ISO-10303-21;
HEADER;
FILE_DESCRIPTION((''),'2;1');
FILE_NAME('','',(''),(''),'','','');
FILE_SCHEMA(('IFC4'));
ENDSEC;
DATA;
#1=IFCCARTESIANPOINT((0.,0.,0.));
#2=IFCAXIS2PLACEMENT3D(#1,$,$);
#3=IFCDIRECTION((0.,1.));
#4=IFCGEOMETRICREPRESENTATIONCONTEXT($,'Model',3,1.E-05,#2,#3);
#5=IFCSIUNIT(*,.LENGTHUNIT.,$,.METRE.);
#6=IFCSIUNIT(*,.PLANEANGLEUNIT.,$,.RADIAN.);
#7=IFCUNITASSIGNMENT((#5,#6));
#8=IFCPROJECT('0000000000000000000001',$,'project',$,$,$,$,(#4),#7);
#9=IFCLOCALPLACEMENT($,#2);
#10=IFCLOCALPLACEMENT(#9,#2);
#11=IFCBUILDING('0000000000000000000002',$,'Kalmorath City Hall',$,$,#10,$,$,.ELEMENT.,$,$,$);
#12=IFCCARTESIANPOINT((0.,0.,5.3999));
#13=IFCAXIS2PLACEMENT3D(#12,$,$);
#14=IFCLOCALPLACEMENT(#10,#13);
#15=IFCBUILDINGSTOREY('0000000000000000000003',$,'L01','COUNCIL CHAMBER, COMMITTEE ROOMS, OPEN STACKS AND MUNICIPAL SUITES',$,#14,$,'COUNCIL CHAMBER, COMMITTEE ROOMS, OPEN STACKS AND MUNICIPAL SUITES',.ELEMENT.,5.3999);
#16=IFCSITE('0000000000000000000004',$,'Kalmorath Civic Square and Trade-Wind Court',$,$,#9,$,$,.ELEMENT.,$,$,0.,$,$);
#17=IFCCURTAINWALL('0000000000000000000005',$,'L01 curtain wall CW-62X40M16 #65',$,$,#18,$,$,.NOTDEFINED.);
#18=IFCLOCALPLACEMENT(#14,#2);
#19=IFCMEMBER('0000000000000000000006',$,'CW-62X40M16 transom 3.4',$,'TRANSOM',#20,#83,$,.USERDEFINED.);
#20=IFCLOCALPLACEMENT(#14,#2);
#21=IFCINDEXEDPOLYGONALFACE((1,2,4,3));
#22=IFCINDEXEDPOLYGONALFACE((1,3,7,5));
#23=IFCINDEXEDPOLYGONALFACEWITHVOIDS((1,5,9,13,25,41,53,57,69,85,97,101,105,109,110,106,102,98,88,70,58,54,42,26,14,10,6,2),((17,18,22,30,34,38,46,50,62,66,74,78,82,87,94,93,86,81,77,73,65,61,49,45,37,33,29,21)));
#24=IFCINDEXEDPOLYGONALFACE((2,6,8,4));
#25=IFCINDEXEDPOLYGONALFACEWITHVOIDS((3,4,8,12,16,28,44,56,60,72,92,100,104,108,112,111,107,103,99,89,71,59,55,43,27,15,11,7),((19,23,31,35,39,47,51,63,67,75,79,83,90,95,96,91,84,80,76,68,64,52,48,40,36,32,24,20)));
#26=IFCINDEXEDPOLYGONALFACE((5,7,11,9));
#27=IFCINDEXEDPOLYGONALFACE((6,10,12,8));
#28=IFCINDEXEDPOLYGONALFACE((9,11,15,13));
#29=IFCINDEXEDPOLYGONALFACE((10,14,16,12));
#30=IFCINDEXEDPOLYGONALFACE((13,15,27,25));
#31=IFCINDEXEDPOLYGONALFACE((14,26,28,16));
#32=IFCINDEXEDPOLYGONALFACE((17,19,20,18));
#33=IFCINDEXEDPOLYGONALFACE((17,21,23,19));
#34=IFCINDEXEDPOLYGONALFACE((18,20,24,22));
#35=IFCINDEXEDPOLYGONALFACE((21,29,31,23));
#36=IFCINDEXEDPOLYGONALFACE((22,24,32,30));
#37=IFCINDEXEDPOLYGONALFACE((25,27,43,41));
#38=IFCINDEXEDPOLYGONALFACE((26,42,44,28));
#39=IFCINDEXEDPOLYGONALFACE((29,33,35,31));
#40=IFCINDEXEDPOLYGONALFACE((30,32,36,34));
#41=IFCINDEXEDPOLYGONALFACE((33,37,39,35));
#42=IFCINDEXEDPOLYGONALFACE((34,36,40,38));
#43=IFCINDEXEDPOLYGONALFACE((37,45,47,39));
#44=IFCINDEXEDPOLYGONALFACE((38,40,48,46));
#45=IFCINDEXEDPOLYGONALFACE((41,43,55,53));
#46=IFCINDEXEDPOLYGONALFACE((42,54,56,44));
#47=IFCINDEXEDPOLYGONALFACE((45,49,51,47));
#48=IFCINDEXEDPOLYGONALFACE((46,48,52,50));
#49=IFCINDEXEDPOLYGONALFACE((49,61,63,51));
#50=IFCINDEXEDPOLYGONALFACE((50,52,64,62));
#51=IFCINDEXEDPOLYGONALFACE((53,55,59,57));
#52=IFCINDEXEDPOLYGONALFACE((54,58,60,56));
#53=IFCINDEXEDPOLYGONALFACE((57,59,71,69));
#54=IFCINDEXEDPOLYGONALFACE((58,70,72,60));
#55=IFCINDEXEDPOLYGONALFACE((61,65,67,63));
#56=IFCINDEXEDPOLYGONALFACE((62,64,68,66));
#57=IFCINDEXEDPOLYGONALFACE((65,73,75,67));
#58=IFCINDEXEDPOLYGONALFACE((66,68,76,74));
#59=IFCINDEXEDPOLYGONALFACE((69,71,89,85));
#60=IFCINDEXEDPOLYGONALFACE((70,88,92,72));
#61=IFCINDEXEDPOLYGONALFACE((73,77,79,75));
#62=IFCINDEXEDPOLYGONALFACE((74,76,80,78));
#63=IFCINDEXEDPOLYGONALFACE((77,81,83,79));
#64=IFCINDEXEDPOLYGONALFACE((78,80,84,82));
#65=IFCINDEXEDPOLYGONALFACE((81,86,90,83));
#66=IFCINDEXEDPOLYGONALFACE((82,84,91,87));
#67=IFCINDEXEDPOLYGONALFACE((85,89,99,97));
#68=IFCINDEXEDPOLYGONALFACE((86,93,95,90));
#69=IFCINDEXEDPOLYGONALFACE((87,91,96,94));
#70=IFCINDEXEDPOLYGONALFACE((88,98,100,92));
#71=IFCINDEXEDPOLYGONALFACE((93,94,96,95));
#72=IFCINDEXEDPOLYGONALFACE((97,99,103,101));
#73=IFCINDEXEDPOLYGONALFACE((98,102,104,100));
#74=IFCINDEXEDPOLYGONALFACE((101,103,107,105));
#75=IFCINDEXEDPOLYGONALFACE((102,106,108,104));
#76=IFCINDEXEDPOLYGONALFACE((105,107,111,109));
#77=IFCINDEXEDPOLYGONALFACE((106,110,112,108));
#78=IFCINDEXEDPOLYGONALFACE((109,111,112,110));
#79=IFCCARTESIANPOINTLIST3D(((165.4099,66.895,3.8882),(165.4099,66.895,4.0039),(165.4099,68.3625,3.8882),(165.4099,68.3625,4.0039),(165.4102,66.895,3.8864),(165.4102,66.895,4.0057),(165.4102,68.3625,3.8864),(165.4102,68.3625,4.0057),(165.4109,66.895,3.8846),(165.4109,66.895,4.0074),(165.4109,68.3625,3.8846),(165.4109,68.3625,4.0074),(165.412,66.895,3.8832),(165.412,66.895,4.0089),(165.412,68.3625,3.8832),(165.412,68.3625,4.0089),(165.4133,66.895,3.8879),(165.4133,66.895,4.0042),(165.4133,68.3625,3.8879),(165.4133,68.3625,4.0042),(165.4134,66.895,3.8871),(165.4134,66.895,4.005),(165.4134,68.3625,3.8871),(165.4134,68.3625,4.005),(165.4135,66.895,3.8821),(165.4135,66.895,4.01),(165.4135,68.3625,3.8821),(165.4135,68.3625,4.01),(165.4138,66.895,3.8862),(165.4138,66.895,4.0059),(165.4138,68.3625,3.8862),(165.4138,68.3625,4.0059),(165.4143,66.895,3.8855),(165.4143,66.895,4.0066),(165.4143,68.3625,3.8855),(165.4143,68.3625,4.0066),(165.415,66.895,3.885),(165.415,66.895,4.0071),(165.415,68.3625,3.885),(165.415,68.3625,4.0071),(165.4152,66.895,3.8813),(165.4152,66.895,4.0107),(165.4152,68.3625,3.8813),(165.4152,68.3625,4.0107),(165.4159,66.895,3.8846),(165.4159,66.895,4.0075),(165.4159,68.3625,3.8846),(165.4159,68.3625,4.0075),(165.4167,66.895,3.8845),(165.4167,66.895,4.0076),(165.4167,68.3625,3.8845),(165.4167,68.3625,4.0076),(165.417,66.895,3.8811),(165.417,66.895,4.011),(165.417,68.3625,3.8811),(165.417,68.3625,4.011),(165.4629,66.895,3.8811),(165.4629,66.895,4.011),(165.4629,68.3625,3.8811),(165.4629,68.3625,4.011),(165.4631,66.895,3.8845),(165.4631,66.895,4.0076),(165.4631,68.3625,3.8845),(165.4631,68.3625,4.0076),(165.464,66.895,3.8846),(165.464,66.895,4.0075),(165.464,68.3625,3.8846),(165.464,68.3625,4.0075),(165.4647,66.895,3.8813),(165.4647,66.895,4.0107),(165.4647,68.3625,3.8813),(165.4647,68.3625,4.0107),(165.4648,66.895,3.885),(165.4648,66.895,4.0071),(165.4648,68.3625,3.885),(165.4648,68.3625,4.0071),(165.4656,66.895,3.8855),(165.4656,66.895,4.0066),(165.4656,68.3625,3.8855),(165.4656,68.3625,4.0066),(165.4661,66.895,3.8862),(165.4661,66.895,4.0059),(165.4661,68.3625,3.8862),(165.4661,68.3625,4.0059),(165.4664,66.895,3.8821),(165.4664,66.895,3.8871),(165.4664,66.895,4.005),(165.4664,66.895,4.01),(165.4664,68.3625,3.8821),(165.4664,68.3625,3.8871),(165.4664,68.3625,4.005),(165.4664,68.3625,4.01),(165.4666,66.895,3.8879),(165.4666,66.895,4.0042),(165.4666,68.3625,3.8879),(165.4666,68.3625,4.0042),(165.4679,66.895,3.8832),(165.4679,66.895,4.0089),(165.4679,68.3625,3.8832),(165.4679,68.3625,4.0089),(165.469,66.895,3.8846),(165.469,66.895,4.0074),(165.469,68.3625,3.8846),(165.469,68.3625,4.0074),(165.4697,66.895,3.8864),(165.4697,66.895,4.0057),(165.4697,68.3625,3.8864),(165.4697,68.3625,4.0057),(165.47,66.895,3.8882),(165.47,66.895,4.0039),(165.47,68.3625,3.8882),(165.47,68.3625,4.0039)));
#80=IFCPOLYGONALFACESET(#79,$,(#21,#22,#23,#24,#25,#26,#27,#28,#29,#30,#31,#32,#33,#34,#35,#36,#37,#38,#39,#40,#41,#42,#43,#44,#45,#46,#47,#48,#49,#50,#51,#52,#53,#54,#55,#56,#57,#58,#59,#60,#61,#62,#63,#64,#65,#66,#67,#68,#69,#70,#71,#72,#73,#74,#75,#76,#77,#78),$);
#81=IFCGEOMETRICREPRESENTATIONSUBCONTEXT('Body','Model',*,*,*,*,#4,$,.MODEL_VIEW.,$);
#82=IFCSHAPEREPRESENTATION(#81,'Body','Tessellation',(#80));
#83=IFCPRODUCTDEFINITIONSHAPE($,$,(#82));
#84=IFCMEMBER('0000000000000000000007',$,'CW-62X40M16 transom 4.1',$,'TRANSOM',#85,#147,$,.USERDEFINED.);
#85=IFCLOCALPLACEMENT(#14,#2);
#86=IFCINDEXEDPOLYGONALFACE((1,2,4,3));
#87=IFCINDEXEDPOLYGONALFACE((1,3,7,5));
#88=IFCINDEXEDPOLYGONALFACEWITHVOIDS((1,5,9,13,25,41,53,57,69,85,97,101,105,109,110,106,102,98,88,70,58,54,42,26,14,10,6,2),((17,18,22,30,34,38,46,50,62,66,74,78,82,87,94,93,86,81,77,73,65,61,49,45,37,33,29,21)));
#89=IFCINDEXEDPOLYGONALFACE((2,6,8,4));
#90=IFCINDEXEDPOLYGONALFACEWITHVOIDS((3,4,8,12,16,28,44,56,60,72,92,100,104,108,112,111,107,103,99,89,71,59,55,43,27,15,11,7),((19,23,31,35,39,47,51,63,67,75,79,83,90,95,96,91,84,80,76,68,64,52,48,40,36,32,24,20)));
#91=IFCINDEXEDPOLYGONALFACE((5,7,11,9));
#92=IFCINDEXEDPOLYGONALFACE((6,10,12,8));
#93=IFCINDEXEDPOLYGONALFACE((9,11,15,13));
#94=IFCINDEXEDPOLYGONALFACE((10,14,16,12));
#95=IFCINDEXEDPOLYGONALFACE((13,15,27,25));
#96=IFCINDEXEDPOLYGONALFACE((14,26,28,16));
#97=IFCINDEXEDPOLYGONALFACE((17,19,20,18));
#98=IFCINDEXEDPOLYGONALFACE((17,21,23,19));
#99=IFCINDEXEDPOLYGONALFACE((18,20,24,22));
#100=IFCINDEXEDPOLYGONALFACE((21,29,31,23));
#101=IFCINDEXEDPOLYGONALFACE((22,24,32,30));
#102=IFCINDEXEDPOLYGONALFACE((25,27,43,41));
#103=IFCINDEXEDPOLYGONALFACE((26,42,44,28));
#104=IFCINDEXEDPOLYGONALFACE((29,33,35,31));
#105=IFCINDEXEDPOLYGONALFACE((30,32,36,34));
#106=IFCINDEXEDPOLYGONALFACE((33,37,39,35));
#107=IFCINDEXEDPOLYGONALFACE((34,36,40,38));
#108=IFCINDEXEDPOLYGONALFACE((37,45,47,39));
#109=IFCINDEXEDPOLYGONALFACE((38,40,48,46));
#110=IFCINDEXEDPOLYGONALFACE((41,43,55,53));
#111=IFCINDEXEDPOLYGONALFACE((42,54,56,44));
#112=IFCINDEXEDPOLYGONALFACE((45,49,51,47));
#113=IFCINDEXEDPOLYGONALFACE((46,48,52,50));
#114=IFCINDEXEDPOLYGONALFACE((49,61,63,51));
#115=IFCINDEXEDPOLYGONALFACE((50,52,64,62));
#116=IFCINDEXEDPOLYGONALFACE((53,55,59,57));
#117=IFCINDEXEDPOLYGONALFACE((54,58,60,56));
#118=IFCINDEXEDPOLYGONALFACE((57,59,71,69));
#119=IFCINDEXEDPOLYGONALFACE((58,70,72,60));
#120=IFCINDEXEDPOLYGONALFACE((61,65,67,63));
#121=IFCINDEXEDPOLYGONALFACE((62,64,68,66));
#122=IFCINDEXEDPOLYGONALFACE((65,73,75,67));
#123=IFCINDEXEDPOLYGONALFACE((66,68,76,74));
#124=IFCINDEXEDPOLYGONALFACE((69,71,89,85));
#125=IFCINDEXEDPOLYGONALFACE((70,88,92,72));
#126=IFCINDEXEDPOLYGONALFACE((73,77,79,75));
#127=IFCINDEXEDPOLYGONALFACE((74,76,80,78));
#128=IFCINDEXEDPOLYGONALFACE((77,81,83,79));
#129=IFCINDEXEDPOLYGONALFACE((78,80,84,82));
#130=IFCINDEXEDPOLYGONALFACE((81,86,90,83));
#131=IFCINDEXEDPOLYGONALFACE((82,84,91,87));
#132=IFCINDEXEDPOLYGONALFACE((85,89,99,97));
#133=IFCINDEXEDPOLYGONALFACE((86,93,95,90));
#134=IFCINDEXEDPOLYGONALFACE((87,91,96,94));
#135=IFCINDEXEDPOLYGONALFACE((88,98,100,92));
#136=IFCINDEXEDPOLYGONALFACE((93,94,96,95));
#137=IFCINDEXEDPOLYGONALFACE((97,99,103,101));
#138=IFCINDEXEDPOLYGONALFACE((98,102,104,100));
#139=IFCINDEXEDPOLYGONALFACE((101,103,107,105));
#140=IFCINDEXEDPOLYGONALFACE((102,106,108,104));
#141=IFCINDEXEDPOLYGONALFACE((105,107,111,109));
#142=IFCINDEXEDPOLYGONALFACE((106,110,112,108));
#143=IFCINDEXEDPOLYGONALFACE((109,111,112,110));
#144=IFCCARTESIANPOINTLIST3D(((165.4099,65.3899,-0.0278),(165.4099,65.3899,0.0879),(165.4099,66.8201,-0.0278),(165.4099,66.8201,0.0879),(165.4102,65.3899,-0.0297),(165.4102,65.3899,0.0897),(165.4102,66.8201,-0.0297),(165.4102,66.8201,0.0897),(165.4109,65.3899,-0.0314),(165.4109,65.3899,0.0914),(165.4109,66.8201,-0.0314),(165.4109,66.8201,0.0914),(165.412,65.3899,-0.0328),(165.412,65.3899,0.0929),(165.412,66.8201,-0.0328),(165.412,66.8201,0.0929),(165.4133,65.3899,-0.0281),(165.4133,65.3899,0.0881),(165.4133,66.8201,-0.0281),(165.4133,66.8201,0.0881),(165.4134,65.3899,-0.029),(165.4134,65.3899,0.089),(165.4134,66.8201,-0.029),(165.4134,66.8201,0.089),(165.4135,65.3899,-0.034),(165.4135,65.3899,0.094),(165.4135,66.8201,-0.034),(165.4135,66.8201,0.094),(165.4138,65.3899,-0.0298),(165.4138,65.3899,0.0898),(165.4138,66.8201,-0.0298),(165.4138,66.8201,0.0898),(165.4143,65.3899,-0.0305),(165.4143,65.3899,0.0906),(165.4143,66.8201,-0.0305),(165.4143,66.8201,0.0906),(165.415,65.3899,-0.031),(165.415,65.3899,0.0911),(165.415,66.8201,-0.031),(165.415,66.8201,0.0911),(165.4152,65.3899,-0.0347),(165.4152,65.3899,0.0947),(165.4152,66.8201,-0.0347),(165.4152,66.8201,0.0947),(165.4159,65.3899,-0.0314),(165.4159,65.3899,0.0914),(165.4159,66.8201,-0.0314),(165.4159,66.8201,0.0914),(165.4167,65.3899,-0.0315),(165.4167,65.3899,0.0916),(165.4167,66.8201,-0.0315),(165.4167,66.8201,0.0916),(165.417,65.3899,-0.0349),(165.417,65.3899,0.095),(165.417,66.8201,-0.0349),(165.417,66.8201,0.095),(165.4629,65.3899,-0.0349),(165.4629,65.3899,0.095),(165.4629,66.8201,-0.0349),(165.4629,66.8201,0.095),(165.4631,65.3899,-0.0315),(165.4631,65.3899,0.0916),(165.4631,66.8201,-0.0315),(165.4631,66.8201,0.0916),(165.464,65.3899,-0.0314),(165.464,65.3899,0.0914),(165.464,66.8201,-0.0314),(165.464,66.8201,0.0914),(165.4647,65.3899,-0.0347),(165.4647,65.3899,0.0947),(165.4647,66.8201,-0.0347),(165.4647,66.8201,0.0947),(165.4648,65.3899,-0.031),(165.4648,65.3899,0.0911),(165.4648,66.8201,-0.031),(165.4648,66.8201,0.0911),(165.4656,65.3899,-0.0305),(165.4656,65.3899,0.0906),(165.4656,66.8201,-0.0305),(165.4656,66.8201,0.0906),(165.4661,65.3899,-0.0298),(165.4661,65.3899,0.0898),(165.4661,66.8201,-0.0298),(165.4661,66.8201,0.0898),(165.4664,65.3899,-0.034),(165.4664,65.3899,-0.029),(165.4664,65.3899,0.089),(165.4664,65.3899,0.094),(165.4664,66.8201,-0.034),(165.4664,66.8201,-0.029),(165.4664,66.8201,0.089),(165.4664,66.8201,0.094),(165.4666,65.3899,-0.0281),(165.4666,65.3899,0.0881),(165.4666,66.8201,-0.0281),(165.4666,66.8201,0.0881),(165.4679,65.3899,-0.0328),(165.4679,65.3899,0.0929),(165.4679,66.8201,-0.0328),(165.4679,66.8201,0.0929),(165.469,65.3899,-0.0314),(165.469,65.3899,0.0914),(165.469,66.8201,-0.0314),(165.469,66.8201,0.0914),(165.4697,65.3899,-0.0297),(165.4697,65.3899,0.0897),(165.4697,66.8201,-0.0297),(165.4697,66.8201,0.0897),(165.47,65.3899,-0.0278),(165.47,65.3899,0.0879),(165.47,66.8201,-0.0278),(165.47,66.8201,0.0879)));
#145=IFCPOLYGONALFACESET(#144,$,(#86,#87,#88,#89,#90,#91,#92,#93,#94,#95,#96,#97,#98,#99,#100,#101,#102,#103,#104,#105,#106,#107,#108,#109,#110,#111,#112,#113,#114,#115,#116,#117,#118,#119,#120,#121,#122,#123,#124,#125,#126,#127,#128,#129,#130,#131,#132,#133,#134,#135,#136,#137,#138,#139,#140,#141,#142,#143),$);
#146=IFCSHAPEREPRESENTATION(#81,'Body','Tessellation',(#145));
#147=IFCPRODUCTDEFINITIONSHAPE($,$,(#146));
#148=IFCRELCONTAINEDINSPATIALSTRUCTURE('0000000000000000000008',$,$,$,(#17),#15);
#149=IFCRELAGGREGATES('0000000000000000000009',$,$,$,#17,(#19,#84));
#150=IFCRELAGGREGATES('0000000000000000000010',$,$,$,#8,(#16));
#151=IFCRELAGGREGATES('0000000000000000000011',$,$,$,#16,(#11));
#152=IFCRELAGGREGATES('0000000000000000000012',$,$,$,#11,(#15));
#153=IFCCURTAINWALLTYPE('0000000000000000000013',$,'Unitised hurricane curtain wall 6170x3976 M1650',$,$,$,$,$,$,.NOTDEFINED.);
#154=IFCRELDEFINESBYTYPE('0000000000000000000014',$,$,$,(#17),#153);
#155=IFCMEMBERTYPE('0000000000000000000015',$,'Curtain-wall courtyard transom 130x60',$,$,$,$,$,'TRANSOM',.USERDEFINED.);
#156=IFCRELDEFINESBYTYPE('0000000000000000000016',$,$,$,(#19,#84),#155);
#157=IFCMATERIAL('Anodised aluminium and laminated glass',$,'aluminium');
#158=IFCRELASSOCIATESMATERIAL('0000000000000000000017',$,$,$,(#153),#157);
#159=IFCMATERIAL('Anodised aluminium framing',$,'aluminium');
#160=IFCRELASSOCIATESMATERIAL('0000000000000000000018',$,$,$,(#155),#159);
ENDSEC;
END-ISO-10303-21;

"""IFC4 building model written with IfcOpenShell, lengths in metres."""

from ifc_helpers import new_model, si_unit, direction, frame, origin, origin_2d, place, context, subcontext, project, spatial, hollow_rectangle, extrude, material, material_profile, profile_set, type_object, element, aggregate, save


model = new_model("IFC4")

# Units and contexts
model_context = context("Model", 3, precision=1e-05, world=origin(), true_north=direction((0.0, 1.0)))
body_context = subcontext(model_context, "Body", "Model", "MODEL_VIEW")
ifc_project = project(units=[si_unit("LENGTHUNIT", "METRE"), si_unit("PLANEANGLEUNIT", "RADIAN")], contexts=[model_context])

# Site, building, storey
site_placement = place(None, origin())
site = spatial("IfcSite", under=ifc_project, at=site_placement, Name="Kalmorath Civic Square and Trade-Wind Court", CompositionType="ELEMENT", RefElevation=0.0)
building_placement = place(site_placement, origin())
building = spatial("IfcBuilding", under=site, at=building_placement, Name="Kalmorath City Hall", CompositionType="ELEMENT")
storey_placement = place(building_placement, frame((0.0, 0.0, 5.3999)))
storey = spatial("IfcBuildingStorey", under=building, at=storey_placement, Name="L01", Description="COUNCIL CHAMBER, COMMITTEE ROOMS, OPEN STACKS AND MUNICIPAL SUITES", LongName="COUNCIL CHAMBER, COMMITTEE ROOMS, OPEN STACKS AND MUNICIPAL SUITES", CompositionType="ELEMENT", Elevation=5.3999)

# Curtain wall, members
ifc_material_1 = material(Name="Anodised aluminium and laminated glass", Category="aluminium")
curtain_wall_type = type_object("IfcCurtainWallType", Name="Unitised hurricane curtain wall 6170x3976 M1650", PredefinedType="NOTDEFINED", material=ifc_material_1)
curtain_wall_placement = place(storey_placement, origin())
curtain_wall = element("IfcCurtainWall", 1, at=curtain_wall_placement, inside=storey, type_object=curtain_wall_type, Name="L01 curtain wall CW-62X40M16 #65", PredefinedType="NOTDEFINED")
ifc_material_2 = material(Name="Anodised aluminium framing", Category="aluminium")
ifc_material_profile_1 = material_profile(ifc_material_2, hollow_rectangle(XDim=0.0601, YDim=0.1299, WallThickness=0.0034, InnerFilletRadius=0.0034, OuterFilletRadius=0.0071, at=origin_2d()), Name="ALU-TRN-130X60X3.5")
ifc_profile_set_1 = profile_set([ifc_material_profile_1], Name="Anodised aluminium framing")
member_type_1 = type_object("IfcMemberType", Name="Curtain-wall courtyard transom 130x60", ElementType="TRANSOM", PredefinedType="USERDEFINED", material=ifc_profile_set_1)
member_1_placement = place(storey_placement, frame((165.4399, 68.3625, 3.946), z_axis=(0.0, -1.0, 0.0), x_axis=(1.0, 0.0, 0.0)))
member_1 = element("IfcMember", 2, at=member_1_placement, type_object=member_type_1, Name="CW-62X40M16 transom 3.4", ObjectType="TRANSOM", PredefinedType="USERDEFINED", context=body_context, shape_type="SweptSolid", body=[
    extrude(hollow_rectangle(XDim=0.0601, YDim=0.1299, WallThickness=0.0034, InnerFilletRadius=0.0034, OuterFilletRadius=0.0071, at=origin_2d()), origin(), (0.0, 0.0, 1.0), 1.4675),
])
member_2_placement = place(storey_placement, frame((165.4399, 66.8201, 0.03), z_axis=(0.0, -1.0, 0.0), x_axis=(1.0, 0.0, 0.0)))
member_2 = element("IfcMember", 3, at=member_2_placement, type_object=member_type_1, Name="CW-62X40M16 transom 4.1", ObjectType="TRANSOM", PredefinedType="USERDEFINED", context=body_context, shape_type="SweptSolid", body=[
    extrude(hollow_rectangle(XDim=0.0601, YDim=0.1299, WallThickness=0.0034, InnerFilletRadius=0.0034, OuterFilletRadius=0.0071, at=origin_2d()), origin(), (0.0, 0.0, 1.0), 1.4302),
])
aggregate(curtain_wall, [member_1, member_2])

save(model, "model.ifc")
